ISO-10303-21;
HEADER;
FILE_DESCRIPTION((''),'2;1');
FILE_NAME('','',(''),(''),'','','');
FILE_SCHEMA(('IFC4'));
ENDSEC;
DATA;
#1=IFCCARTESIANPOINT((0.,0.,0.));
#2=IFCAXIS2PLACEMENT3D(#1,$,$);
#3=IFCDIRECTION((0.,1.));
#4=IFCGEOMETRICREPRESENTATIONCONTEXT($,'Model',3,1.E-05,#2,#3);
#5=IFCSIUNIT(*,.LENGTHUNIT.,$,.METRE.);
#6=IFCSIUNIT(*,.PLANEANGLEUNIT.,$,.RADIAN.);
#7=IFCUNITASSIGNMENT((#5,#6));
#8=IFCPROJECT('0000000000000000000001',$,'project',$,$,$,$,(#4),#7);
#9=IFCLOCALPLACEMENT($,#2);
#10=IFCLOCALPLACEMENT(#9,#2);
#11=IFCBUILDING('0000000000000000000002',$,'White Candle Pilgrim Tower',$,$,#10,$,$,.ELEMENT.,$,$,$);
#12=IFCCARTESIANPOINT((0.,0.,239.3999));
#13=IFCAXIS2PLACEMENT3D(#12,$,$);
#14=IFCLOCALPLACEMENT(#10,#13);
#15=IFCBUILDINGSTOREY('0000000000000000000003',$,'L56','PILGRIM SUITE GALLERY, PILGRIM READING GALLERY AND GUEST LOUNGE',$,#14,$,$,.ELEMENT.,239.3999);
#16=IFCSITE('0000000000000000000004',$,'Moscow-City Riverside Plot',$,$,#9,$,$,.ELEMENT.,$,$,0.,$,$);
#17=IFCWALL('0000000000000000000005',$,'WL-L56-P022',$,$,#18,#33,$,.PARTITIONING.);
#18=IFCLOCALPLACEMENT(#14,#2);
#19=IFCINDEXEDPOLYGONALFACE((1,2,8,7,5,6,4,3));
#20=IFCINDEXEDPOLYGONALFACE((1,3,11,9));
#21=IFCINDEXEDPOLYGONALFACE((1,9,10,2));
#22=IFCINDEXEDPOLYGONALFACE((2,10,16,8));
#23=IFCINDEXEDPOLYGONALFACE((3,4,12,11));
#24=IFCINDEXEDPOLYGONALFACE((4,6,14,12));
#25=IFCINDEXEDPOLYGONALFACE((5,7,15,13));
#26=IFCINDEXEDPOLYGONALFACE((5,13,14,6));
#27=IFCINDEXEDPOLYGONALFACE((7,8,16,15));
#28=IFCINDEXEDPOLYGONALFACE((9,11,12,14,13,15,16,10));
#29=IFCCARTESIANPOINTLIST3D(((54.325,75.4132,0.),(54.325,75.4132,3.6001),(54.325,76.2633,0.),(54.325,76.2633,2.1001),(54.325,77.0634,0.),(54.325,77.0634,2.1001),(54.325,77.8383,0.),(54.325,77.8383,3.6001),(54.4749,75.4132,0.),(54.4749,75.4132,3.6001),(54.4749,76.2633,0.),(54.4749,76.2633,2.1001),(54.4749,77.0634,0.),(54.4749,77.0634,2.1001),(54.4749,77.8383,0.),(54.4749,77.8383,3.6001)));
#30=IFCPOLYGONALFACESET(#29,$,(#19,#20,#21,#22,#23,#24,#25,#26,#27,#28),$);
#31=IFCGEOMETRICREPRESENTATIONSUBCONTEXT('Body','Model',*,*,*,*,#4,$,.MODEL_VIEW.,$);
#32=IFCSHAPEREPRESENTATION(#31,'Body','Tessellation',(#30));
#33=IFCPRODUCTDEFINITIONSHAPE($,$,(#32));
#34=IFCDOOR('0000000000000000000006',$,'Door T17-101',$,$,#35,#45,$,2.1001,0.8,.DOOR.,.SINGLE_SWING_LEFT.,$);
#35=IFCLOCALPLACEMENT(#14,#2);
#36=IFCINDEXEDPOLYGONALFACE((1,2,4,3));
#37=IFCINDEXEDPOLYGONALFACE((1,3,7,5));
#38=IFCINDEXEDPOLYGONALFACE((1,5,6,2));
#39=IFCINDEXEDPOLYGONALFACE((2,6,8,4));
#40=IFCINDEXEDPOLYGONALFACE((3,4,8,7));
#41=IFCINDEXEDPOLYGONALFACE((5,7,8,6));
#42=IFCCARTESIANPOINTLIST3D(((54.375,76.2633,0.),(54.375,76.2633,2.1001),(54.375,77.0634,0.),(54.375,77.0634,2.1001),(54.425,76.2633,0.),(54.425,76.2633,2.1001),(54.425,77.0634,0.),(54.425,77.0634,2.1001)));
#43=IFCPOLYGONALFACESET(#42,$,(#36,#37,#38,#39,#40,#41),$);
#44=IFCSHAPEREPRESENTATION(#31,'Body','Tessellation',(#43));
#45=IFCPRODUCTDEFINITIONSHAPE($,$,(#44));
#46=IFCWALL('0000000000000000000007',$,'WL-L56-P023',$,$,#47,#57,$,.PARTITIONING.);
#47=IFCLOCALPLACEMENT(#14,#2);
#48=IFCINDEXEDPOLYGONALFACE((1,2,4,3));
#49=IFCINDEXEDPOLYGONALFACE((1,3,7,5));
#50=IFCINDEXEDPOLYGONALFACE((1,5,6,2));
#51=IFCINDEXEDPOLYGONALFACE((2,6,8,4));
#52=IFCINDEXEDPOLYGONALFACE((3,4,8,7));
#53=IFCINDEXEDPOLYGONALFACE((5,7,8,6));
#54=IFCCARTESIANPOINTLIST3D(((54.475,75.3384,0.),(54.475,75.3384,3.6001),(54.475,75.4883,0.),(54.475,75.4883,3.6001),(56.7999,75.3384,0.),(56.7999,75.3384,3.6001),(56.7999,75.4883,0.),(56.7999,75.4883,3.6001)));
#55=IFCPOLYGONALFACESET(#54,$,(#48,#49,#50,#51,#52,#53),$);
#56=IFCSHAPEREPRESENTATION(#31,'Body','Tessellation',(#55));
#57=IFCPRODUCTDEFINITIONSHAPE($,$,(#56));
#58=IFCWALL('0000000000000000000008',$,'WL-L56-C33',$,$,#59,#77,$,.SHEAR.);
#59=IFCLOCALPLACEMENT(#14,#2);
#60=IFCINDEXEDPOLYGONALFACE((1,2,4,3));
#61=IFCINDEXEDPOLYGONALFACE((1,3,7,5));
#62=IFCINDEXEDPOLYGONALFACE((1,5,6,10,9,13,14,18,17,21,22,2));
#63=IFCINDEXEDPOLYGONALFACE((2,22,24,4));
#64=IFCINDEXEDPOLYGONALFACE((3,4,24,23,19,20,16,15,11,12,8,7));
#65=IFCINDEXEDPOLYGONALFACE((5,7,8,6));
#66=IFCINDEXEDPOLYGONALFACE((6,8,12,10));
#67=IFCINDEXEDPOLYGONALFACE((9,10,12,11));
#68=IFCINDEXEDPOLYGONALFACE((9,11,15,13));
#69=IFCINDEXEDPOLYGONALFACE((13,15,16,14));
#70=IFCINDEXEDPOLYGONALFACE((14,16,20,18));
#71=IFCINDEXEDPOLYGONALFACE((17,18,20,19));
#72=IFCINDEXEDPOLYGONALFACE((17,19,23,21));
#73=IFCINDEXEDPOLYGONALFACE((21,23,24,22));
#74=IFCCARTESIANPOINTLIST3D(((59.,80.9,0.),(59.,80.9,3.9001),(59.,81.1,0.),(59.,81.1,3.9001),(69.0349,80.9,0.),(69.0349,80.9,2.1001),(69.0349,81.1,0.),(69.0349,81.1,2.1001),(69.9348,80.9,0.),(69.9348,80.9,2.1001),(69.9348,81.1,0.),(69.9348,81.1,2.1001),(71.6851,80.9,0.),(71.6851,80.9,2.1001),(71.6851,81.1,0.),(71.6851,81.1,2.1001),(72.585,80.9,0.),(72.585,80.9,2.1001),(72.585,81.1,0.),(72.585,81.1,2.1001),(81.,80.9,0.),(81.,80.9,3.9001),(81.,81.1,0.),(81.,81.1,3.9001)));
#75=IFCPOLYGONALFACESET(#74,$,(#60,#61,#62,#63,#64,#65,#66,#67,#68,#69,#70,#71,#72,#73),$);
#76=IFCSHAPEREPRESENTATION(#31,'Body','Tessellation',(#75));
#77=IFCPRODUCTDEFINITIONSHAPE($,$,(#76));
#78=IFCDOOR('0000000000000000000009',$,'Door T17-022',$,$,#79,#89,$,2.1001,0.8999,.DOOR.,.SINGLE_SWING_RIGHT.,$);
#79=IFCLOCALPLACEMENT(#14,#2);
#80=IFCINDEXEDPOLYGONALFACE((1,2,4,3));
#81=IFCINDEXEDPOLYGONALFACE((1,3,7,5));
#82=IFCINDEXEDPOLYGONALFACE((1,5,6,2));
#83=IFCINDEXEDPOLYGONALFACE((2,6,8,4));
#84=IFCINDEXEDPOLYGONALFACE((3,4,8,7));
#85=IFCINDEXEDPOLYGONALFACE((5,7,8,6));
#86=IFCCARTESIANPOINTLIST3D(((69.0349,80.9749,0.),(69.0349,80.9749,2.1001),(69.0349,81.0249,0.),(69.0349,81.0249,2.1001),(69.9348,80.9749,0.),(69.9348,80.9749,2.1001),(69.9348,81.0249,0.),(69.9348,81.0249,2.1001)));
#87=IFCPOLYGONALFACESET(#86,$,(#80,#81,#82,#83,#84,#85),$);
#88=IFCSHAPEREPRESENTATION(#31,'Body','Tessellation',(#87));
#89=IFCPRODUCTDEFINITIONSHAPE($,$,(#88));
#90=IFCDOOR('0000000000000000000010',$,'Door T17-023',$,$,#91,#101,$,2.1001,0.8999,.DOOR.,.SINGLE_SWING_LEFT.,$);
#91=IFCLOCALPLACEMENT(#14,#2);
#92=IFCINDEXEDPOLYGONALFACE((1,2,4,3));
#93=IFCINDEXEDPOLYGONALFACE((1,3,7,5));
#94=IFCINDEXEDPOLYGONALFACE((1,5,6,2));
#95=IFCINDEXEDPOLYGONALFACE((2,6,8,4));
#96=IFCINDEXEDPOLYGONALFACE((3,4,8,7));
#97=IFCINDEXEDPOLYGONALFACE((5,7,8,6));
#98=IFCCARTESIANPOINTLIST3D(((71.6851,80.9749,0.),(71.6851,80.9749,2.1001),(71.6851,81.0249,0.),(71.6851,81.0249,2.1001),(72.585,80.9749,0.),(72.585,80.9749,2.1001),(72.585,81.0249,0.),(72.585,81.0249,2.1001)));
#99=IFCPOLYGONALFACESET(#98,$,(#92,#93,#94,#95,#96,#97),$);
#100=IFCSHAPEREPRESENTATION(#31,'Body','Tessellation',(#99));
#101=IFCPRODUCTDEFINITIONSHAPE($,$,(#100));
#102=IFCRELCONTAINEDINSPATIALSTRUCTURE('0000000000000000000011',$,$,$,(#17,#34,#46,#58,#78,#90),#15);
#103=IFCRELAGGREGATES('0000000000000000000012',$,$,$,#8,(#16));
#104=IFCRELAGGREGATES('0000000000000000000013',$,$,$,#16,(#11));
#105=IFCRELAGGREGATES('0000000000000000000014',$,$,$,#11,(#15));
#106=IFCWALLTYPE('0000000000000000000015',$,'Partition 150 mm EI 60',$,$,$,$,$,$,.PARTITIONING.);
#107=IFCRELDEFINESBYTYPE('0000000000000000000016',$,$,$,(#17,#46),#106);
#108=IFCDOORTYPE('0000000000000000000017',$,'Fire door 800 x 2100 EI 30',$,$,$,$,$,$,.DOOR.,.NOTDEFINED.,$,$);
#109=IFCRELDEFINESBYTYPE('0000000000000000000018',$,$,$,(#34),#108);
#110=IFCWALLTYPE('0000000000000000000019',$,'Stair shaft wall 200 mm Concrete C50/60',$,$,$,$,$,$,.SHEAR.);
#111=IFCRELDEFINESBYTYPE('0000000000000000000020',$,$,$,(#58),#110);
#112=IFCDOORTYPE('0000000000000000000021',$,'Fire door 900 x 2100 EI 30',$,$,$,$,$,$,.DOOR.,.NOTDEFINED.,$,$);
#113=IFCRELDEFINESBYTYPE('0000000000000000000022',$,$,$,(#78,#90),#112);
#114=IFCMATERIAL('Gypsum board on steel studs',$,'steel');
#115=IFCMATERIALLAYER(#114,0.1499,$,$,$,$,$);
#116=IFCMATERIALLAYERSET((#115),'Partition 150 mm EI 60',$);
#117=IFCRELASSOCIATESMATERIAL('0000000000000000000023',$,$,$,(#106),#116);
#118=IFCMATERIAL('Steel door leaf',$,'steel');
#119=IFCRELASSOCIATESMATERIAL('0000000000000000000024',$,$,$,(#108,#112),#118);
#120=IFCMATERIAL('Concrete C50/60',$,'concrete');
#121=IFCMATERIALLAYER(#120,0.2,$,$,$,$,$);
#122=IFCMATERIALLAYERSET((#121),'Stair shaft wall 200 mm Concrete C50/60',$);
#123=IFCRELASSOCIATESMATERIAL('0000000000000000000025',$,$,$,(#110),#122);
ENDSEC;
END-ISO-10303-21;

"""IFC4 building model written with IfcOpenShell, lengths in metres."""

from ifc_helpers import new_model, si_unit, direction, frame, frame_2d, origin, place, context, subcontext, project, spatial, rectangle, extrude, material, layer, layer_set, type_object, element, fill, save


model = new_model("IFC4")

# Units and contexts
model_context = context("Model", 3, precision=1e-05, world=origin(), true_north=direction((0.0, 1.0)))
body_context = subcontext(model_context, "Body", "Model", "MODEL_VIEW")
ifc_project = project(units=[si_unit("LENGTHUNIT", "METRE"), si_unit("PLANEANGLEUNIT", "RADIAN")], contexts=[model_context])

# Site, building, storey
site_placement = place(None, origin())
site = spatial("IfcSite", under=ifc_project, at=site_placement, Name="Moscow-City Riverside Plot", CompositionType="ELEMENT", RefElevation=0.0)
building_placement = place(site_placement, origin())
building = spatial("IfcBuilding", under=site, at=building_placement, Name="White Candle Pilgrim Tower", CompositionType="ELEMENT")
storey_placement = place(building_placement, frame((0.0, 0.0, 239.3999)))
storey = spatial("IfcBuildingStorey", under=building, at=storey_placement, Name="L56", Description="PILGRIM SUITE GALLERY, PILGRIM READING GALLERY AND GUEST LOUNGE", CompositionType="ELEMENT", Elevation=239.3999)

# Shared definitions
ifc_material_1 = material(Name="Concrete C50/60", Category="concrete")

# Shared definitions
ifc_material_2 = material(Name="Gypsum board on steel studs", Category="steel")
ifc_layer_1 = layer(ifc_material_2, 0.1499)
ifc_layer_set_1 = layer_set([ifc_layer_1], Name="Partition 150 mm EI 60")
wall_type_1 = type_object("IfcWallType", Name="Partition 150 mm EI 60", PredefinedType="PARTITIONING", material=ifc_layer_set_1)

# Wall, opening, door
wall_1_placement = place(storey_placement, frame((54.3999, 75.4133, 0.0), z_axis=(0.0, 0.0, 1.0), x_axis=(0.0, 1.0, 0.0)))
wall_1 = element("IfcWall", 1, at=wall_1_placement, inside=storey, type_object=wall_type_1, Name="WL-L56-P022", PredefinedType="PARTITIONING", context=body_context, shape_type="SweptSolid", body=[
    extrude(rectangle(XDim=2.425, YDim=0.1499, at=frame_2d((1.2124, 0.0))), origin(), (0.0, 0.0, 1.0), 3.6001),
])
opening_1_placement = place(wall_1_placement, frame((0.8501, 0.0, 0.0)))
opening_1 = element("IfcOpeningElement", 2, at=opening_1_placement, cuts=wall_1, PredefinedType="OPENING", context=body_context, shape_type="SweptSolid", body=[
    extrude(rectangle(XDim=0.8, YDim=2.1001, at=frame_2d((0.3999, 1.05))), frame((0.0, 0.085, 0.0), z_axis=(0.0, -1.0, 0.0), x_axis=(1.0, 0.0, 0.0)), (0.0, 0.0, 1.0), 0.1699),
])
ifc_material_3 = material(Name="Steel door leaf", Category="steel")
door_type_1 = type_object("IfcDoorType", Name="Fire door 800 x 2100 EI 30", OperationType="NOTDEFINED", PredefinedType="DOOR", material=ifc_material_3)
door_1_placement = place(opening_1_placement, origin())
door_1 = element("IfcDoor", 3, at=door_1_placement, inside=storey, type_object=door_type_1, Name="Door T17-101", OperationType="SINGLE_SWING_LEFT", OverallHeight=2.1001, OverallWidth=0.8, PredefinedType="DOOR", context=body_context, shape_type="SweptSolid", body=[
    extrude(rectangle(XDim=0.8, YDim=2.1001, at=frame_2d((0.3999, 1.05))), frame((0.0, 0.0249, 0.0), z_axis=(0.0, -1.0, 0.0), x_axis=(1.0, 0.0, 0.0)), (0.0, 0.0, 1.0), 0.05),
])
fill(opening_1, door_1)

# Wall
wall_2_placement = place(storey_placement, frame((56.8, 75.4133, 0.0), z_axis=(0.0, 0.0, 1.0), x_axis=(-1.0, 0.0, 0.0)))
element("IfcWall", 4, at=wall_2_placement, inside=storey, type_object=wall_type_1, Name="WL-L56-P023", PredefinedType="PARTITIONING", context=body_context, shape_type="SweptSolid", body=[
    extrude(rectangle(XDim=2.325, YDim=0.1499, at=frame_2d((1.1626, 0.0))), origin(), (0.0, 0.0, 1.0), 3.6001),
])

# Wall, openings, doors
ifc_layer_2 = layer(ifc_material_1, 0.2)
ifc_layer_set_2 = layer_set([ifc_layer_2], Name="Stair shaft wall 200 mm Concrete C50/60")
wall_type_2 = type_object("IfcWallType", Name="Stair shaft wall 200 mm Concrete C50/60", PredefinedType="SHEAR", material=ifc_layer_set_2)
wall_3_placement = place(storey_placement, frame((59.0, 81.0, 0.0), z_axis=(0.0, 0.0, 1.0), x_axis=(1.0, 0.0, 0.0)))
wall_3 = element("IfcWall", 5, at=wall_3_placement, inside=storey, type_object=wall_type_2, Name="WL-L56-C33", PredefinedType="SHEAR", context=body_context, shape_type="SweptSolid", body=[
    extrude(rectangle(XDim=22.0, YDim=0.2, at=frame_2d((11.0, 0.0))), origin(), (0.0, 0.0, 1.0), 3.9001),
])
opening_2_placement = place(wall_3_placement, frame((10.0349, 0.0, 0.0)))
opening_2 = element("IfcOpeningElement", 6, at=opening_2_placement, cuts=wall_3, PredefinedType="OPENING", context=body_context, shape_type="SweptSolid", body=[
    extrude(rectangle(XDim=0.8999, YDim=2.1001, at=frame_2d((0.45, 1.05))), frame((0.0, 0.1099, 0.0), z_axis=(0.0, -1.0, 0.0), x_axis=(1.0, 0.0, 0.0)), (0.0, 0.0, 1.0), 0.22),
])
opening_3_placement = place(wall_3_placement, frame((12.6851, 0.0, 0.0)))
opening_3 = element("IfcOpeningElement", 7, at=opening_3_placement, cuts=wall_3, PredefinedType="OPENING", context=body_context, shape_type="SweptSolid", body=[
    extrude(rectangle(XDim=0.8999, YDim=2.1001, at=frame_2d((0.45, 1.05))), frame((0.0, 0.1099, 0.0), z_axis=(0.0, -1.0, 0.0), x_axis=(1.0, 0.0, 0.0)), (0.0, 0.0, 1.0), 0.22),
])
door_type_2 = type_object("IfcDoorType", Name="Fire door 900 x 2100 EI 30", OperationType="NOTDEFINED", PredefinedType="DOOR", material=ifc_material_3)
door_2_placement = place(opening_2_placement, origin())
door_2 = element("IfcDoor", 8, at=door_2_placement, inside=storey, type_object=door_type_2, Name="Door T17-022", OperationType="SINGLE_SWING_RIGHT", OverallHeight=2.1001, OverallWidth=0.8999, PredefinedType="DOOR", context=body_context, shape_type="SweptSolid", body=[
    extrude(rectangle(XDim=0.8999, YDim=2.1001, at=frame_2d((0.45, 1.05))), frame((0.0, 0.0249, 0.0), z_axis=(0.0, -1.0, 0.0), x_axis=(1.0, 0.0, 0.0)), (0.0, 0.0, 1.0), 0.05),
])
fill(opening_2, door_2)
door_3_placement = place(opening_3_placement, origin())
door_3 = element("IfcDoor", 9, at=door_3_placement, inside=storey, type_object=door_type_2, Name="Door T17-023", OperationType="SINGLE_SWING_LEFT", OverallHeight=2.1001, OverallWidth=0.8999, PredefinedType="DOOR", context=body_context, shape_type="SweptSolid", body=[
    extrude(rectangle(XDim=0.8999, YDim=2.1001, at=frame_2d((0.45, 1.05))), frame((0.0, 0.0249, 0.0), z_axis=(0.0, -1.0, 0.0), x_axis=(1.0, 0.0, 0.0)), (0.0, 0.0, 1.0), 0.05),
])
fill(opening_3, door_3)

save(model, "model.ifc")
